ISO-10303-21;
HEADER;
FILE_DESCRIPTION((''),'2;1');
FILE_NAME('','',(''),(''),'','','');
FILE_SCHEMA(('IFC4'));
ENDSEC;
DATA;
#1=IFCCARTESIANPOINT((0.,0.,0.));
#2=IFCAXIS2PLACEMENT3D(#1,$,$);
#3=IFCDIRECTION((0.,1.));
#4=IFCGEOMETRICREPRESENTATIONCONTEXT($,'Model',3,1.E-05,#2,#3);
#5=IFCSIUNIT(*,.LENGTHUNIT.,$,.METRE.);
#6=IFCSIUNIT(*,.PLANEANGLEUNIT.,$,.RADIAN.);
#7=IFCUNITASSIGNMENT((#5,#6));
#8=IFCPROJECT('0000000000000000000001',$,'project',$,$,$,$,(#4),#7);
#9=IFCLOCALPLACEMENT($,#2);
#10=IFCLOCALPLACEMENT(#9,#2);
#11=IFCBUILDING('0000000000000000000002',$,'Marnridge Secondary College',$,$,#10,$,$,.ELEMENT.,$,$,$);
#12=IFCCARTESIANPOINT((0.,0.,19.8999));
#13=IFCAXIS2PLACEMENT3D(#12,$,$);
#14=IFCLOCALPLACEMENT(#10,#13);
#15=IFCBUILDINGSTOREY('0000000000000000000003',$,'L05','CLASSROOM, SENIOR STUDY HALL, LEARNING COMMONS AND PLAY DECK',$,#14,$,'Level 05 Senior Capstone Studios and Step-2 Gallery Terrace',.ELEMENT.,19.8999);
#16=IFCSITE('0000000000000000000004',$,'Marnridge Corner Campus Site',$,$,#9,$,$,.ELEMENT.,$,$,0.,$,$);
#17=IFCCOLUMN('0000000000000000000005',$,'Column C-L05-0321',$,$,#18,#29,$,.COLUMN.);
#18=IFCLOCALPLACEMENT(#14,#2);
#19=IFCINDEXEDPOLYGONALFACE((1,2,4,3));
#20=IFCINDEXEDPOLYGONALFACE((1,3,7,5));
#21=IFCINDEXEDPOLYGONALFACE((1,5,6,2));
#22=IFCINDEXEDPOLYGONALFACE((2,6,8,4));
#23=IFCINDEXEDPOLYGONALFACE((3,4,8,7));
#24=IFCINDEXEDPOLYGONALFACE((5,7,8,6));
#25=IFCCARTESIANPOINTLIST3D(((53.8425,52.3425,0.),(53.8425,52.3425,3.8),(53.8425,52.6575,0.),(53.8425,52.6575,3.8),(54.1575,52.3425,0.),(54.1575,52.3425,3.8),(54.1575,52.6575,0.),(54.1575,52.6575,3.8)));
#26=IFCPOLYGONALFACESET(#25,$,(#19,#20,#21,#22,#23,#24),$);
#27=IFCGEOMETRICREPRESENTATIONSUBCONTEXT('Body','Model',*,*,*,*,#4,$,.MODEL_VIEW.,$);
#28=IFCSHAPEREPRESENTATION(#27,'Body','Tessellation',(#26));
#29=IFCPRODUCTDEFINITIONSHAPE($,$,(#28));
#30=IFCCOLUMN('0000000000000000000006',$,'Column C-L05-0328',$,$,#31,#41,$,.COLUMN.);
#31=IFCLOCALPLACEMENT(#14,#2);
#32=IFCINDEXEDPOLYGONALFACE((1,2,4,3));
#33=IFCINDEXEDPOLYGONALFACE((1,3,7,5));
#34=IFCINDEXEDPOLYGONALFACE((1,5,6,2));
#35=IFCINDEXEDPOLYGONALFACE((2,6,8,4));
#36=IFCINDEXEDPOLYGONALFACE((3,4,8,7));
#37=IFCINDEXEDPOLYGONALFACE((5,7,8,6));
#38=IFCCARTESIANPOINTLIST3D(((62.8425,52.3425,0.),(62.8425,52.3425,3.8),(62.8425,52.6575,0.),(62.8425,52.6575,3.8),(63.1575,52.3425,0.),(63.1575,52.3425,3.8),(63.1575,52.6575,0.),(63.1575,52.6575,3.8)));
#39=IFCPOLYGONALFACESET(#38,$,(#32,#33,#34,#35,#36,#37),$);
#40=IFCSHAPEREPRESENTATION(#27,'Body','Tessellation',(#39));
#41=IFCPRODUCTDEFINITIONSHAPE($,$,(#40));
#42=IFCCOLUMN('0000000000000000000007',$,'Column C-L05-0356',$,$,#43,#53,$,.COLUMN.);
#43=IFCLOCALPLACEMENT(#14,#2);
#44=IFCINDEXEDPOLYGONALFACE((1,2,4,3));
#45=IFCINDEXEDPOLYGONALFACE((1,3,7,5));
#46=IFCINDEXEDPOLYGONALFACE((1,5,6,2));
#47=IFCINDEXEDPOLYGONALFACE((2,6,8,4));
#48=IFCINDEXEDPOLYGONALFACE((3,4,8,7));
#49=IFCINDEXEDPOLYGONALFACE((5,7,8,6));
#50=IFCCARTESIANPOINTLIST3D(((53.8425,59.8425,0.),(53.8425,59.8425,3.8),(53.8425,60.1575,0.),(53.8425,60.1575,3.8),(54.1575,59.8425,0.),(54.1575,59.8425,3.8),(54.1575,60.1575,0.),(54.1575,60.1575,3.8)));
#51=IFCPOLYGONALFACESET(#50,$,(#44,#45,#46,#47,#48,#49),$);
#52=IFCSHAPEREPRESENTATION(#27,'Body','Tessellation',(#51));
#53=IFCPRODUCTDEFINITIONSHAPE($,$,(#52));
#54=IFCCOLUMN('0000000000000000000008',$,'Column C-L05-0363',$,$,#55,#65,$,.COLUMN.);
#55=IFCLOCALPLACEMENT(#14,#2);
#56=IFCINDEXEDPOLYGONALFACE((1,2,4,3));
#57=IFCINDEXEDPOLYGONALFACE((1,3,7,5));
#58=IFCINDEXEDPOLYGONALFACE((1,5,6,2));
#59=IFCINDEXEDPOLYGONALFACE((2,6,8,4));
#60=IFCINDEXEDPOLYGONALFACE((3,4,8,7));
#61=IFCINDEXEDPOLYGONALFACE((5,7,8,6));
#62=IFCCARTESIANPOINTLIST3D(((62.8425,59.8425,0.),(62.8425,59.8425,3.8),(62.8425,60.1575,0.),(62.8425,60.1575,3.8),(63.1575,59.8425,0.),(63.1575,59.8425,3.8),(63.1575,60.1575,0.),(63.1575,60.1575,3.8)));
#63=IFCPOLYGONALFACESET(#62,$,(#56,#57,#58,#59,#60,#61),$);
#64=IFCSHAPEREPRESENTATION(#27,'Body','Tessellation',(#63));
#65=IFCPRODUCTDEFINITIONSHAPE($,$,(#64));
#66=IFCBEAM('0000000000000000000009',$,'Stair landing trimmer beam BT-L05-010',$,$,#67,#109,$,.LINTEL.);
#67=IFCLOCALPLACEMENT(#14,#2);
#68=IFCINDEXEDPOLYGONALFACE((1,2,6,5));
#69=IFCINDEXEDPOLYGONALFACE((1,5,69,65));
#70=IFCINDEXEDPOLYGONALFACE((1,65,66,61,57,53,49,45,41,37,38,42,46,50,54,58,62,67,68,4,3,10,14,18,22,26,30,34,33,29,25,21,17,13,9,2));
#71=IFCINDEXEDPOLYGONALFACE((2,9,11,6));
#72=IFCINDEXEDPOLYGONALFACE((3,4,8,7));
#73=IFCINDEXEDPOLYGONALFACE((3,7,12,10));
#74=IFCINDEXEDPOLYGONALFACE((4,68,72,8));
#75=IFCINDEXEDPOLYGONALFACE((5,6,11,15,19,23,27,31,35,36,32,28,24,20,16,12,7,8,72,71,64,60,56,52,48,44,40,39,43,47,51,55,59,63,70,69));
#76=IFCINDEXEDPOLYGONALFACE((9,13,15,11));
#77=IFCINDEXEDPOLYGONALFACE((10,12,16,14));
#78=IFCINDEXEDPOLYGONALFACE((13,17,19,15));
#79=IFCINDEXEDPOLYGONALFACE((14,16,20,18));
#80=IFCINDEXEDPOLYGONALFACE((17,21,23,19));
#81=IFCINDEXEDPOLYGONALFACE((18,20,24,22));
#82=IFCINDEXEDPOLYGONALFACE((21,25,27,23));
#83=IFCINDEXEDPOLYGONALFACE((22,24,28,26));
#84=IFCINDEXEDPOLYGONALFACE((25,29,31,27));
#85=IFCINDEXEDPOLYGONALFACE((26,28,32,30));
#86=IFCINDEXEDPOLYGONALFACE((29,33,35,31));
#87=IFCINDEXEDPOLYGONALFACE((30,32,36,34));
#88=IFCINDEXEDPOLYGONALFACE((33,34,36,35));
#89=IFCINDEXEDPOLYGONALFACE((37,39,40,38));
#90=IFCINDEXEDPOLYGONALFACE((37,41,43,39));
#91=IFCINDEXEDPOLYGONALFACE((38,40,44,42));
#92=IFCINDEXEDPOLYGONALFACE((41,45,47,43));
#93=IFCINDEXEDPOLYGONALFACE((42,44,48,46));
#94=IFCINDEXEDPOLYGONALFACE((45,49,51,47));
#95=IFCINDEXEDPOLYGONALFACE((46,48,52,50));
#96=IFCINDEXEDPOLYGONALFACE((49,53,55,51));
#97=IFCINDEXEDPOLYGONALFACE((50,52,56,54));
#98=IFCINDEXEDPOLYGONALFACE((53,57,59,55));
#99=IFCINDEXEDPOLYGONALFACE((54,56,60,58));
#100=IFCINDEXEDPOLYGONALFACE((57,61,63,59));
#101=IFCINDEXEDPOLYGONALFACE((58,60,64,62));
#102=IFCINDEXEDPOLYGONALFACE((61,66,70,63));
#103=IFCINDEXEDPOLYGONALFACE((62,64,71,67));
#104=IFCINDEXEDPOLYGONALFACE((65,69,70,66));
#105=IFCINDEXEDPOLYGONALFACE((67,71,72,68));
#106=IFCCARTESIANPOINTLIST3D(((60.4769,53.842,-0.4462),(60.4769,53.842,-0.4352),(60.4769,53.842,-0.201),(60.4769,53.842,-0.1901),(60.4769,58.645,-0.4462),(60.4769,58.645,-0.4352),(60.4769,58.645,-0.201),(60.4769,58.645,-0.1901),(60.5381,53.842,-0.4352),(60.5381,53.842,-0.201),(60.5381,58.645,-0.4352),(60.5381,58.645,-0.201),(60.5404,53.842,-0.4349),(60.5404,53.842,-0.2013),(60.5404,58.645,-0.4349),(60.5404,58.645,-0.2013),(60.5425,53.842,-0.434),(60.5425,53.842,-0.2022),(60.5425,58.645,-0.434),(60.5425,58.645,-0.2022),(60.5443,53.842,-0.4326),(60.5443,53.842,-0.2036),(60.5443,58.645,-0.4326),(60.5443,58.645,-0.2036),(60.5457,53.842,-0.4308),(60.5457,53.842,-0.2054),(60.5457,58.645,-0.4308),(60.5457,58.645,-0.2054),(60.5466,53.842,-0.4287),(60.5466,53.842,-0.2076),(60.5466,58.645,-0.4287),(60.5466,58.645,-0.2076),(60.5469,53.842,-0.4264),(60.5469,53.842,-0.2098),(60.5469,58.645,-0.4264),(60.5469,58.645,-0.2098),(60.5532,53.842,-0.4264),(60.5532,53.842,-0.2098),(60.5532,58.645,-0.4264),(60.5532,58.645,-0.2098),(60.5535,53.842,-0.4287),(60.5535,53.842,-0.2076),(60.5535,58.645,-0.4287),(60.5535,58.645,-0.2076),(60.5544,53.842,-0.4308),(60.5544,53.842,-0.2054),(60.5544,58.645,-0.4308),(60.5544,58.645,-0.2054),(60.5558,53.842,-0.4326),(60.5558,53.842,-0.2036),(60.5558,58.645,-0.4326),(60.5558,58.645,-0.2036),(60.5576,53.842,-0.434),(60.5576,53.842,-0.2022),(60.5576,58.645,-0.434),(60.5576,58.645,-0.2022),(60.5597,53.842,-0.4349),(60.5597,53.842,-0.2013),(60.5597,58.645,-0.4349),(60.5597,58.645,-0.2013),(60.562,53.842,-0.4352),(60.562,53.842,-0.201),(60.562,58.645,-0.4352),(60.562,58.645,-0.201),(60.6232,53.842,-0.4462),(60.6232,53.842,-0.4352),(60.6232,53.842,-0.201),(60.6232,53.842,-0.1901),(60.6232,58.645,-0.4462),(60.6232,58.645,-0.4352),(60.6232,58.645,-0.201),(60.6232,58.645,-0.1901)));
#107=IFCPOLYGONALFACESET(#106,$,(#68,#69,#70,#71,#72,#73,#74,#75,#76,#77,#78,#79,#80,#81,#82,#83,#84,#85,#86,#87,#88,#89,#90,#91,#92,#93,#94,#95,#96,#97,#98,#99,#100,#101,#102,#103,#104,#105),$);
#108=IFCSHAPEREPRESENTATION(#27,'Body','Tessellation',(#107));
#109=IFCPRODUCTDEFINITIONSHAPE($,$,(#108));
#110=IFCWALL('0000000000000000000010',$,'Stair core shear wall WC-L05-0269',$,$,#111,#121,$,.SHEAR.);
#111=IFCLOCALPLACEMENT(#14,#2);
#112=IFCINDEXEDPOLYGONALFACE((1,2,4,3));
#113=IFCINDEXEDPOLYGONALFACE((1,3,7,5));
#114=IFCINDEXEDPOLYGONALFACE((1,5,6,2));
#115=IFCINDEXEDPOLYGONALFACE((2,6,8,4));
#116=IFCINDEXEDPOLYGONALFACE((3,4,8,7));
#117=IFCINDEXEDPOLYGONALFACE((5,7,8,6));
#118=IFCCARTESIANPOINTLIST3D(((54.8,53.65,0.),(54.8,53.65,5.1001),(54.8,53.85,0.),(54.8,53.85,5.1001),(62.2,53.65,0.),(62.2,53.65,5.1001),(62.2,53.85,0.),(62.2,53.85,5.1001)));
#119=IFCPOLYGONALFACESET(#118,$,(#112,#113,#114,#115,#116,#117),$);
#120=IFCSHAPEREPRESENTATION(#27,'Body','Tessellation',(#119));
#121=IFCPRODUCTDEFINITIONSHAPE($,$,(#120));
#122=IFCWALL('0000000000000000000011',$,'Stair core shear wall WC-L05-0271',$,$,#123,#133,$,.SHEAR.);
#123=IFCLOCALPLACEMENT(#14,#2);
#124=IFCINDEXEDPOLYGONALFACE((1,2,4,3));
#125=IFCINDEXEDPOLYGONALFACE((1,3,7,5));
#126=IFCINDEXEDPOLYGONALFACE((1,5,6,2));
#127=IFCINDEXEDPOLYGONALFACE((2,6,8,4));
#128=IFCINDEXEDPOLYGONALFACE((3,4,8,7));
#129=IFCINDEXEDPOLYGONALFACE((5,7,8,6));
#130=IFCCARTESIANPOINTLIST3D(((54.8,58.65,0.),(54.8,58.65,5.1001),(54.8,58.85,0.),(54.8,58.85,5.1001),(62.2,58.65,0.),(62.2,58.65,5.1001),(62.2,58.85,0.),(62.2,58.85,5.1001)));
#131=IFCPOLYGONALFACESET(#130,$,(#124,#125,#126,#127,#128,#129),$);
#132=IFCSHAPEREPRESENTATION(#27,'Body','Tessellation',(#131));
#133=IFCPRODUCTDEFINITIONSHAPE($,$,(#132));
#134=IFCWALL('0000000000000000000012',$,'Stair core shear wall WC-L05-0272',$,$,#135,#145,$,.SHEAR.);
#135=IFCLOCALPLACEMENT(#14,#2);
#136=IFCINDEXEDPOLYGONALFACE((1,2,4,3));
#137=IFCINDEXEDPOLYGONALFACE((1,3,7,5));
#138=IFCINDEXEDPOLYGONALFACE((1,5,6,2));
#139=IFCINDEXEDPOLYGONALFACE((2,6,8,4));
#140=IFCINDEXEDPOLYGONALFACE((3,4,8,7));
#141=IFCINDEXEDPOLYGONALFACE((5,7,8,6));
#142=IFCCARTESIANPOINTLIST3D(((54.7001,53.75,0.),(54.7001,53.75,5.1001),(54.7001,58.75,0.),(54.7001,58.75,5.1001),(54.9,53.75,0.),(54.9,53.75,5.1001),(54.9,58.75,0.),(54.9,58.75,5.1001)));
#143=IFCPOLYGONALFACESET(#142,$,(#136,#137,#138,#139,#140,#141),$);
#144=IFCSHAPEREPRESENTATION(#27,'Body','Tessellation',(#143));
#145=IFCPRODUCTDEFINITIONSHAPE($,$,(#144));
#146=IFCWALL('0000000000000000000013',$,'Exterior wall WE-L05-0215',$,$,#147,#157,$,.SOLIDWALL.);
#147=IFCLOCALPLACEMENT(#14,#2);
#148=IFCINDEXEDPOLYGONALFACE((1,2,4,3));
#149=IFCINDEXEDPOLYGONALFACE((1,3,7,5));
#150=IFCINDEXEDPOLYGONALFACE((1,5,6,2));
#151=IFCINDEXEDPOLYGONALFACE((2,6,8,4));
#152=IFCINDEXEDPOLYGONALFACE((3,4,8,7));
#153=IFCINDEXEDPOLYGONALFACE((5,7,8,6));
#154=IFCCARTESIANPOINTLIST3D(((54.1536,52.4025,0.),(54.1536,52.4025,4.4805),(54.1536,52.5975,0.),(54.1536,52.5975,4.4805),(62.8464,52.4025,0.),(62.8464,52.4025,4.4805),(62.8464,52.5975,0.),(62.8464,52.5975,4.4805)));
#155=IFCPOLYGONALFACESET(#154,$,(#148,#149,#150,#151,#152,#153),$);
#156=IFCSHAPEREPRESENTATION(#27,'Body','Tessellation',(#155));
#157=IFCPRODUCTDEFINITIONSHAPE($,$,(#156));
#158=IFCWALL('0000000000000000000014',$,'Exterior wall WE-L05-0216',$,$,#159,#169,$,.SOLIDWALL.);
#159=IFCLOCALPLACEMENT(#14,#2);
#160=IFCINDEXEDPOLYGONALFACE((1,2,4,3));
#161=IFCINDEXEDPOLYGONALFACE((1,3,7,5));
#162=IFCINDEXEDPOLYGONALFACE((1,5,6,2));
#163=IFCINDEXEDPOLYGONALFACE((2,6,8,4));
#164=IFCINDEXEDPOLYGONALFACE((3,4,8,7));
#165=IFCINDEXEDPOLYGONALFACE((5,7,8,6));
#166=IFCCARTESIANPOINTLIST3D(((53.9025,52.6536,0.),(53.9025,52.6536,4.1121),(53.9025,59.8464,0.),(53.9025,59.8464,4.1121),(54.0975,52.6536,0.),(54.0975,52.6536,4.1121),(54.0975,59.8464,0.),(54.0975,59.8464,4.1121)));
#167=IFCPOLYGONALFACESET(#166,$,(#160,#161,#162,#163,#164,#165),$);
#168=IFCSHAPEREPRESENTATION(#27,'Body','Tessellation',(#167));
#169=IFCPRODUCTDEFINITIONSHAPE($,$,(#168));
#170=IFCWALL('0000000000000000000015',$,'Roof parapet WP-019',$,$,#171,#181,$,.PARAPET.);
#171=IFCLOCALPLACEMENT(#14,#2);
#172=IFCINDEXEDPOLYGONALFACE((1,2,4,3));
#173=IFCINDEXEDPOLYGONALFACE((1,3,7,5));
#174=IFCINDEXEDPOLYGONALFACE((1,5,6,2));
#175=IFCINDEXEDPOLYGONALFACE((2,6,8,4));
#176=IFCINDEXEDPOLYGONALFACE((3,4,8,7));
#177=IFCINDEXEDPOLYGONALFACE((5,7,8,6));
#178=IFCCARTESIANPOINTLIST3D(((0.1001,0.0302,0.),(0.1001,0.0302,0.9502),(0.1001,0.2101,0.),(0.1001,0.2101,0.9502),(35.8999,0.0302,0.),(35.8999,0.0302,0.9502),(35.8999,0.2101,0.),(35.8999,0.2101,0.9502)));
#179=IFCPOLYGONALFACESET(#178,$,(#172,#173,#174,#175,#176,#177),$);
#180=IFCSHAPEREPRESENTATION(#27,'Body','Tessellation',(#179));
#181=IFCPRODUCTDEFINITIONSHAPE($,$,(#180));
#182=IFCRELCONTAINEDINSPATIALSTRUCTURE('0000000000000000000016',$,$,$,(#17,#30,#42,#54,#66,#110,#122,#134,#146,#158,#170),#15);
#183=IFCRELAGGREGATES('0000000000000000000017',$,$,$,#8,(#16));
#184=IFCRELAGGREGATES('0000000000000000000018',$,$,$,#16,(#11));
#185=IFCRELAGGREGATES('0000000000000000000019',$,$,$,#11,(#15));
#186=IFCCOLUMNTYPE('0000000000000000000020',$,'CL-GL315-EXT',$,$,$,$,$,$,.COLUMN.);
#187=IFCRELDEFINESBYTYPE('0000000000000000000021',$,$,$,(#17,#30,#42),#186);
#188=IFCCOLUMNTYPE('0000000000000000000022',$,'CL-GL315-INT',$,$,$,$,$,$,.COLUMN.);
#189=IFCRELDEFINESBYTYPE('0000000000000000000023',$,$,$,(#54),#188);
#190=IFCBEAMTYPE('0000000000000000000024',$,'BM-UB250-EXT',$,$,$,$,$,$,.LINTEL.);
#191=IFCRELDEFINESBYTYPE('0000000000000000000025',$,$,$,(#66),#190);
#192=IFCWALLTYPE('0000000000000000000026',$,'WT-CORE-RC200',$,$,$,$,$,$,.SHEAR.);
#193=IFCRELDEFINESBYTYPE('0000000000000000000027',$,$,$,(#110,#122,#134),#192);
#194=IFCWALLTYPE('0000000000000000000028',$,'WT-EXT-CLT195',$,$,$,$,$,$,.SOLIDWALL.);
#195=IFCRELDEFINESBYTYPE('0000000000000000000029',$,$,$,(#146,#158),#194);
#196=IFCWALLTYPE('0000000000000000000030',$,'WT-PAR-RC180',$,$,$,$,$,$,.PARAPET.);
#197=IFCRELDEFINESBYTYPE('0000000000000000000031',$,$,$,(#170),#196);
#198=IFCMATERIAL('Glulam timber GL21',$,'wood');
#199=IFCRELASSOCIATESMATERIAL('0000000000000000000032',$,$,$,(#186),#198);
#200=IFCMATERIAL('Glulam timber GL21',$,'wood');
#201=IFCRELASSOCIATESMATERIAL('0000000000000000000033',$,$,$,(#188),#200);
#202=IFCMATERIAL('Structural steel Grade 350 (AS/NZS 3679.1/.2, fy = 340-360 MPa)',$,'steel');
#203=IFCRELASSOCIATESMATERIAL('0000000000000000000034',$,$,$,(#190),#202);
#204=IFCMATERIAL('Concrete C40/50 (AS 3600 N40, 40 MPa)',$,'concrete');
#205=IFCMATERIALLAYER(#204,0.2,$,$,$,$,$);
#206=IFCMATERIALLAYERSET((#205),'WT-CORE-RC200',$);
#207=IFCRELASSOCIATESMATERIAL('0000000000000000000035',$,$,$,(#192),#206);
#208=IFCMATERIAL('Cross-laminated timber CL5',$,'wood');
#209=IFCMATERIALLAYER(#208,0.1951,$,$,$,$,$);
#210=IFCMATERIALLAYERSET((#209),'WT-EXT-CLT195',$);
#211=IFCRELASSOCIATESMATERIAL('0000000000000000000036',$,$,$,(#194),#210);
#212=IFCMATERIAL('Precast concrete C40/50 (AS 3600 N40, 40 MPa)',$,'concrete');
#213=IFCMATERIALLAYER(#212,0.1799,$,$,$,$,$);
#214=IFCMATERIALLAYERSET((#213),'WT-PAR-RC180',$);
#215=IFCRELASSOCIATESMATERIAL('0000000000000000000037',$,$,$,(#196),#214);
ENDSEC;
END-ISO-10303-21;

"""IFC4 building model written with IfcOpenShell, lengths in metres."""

from ifc_helpers import new_model, si_unit, direction, frame, frame_2d, origin, origin_2d, place, context, subcontext, project, spatial, rectangle, i_section, extrude, material, layer, layer_set, material_profile, profile_set, type_object, element, save


model = new_model("IFC4")

# Units and contexts
model_context = context("Model", 3, precision=1e-05, world=origin(), true_north=direction((0.0, 1.0)))
body_context = subcontext(model_context, "Body", "Model", "MODEL_VIEW")
ifc_project = project(units=[si_unit("LENGTHUNIT", "METRE"), si_unit("PLANEANGLEUNIT", "RADIAN")], contexts=[model_context])

# Site, building, storey
site_placement = place(None, origin())
site = spatial("IfcSite", under=ifc_project, at=site_placement, Name="Marnridge Corner Campus Site", CompositionType="ELEMENT", RefElevation=0.0)
building_placement = place(site_placement, origin())
building = spatial("IfcBuilding", under=site, at=building_placement, Name="Marnridge Secondary College", CompositionType="ELEMENT")
storey_placement = place(building_placement, frame((0.0, 0.0, 19.8999)))
storey = spatial("IfcBuildingStorey", under=building, at=storey_placement, Name="L05", Description="CLASSROOM, SENIOR STUDY HALL, LEARNING COMMONS AND PLAY DECK", LongName="Level 05 Senior Capstone Studios and Step-2 Gallery Terrace", CompositionType="ELEMENT", Elevation=19.8999)

# Columns
ifc_material_1 = material(Name="Glulam timber GL21", Category="wood")
ifc_material_profile_1 = material_profile(ifc_material_1, rectangle(XDim=0.3149, YDim=0.3149, at=origin_2d()), Name="GL21 315x315")
ifc_profile_set_1 = profile_set([ifc_material_profile_1], Name="Glulam timber GL21")
column_type_1 = type_object("IfcColumnType", Name="CL-GL315-EXT", PredefinedType="COLUMN", material=ifc_profile_set_1)
for number, where, z_axis, x_axis, name in (
    (1, (54.0, 52.5, 0.0), (0.0, 0.0, 1.0), (1.0, 0.0, 0.0), "Column C-L05-0321"),
    (2, (63.0, 52.5, 0.0), (0.0, 0.0, 1.0), (1.0, 0.0, 0.0), "Column C-L05-0328"),
    (3, (54.0, 60.0, 0.0), (0.0, 0.0, 1.0), (1.0, 0.0, 0.0), "Column C-L05-0356"),
):
    element("IfcColumn", number, at=place(storey_placement, frame(where, z_axis=z_axis, x_axis=x_axis)), inside=storey, type_object=column_type_1, Name=name, PredefinedType="COLUMN", context=body_context, shape_type="SweptSolid", body=[
        extrude(rectangle(XDim=0.3149, YDim=0.3149, at=origin_2d()), origin(), (0.0, 0.0, 1.0), 3.8),
    ])
ifc_material_2 = material(Name="Glulam timber GL21", Category="wood")
ifc_material_profile_2 = material_profile(ifc_material_2, rectangle(XDim=0.3149, YDim=0.3149, at=origin_2d()), Name="GL21 315x315")
ifc_profile_set_2 = profile_set([ifc_material_profile_2], Name="Glulam timber GL21")
column_type_2 = type_object("IfcColumnType", Name="CL-GL315-INT", PredefinedType="COLUMN", material=ifc_profile_set_2)
column_placement = place(storey_placement, frame((63.0, 60.0, 0.0), z_axis=(0.0, 0.0, 1.0), x_axis=(1.0, 0.0, 0.0)))
element("IfcColumn", 4, at=column_placement, inside=storey, type_object=column_type_2, Name="Column C-L05-0363", PredefinedType="COLUMN", context=body_context, shape_type="SweptSolid", body=[
    extrude(rectangle(XDim=0.3149, YDim=0.3149, at=origin_2d()), origin(), (0.0, 0.0, 1.0), 3.8),
])

# Beam
ifc_material_3 = material(Name="Structural steel Grade 350 (AS/NZS 3679.1/.2, fy = 340-360 MPa)", Category="steel")
ifc_material_profile_3 = material_profile(ifc_material_3, i_section(OverallWidth=0.1462, OverallDepth=0.2561, WebThickness=0.0063, FlangeThickness=0.011, FilletRadius=0.0088, at=origin_2d()), Name="250UB37.3")
ifc_profile_set_3 = profile_set([ifc_material_profile_3], Name="Structural steel Grade 350 (AS/NZS 3679.1/.2, fy = 340-360 MPa)")
beam_type = type_object("IfcBeamType", Name="BM-UB250-EXT", PredefinedType="LINTEL", material=ifc_profile_set_3)
beam_placement = place(storey_placement, frame((60.55, 53.842, -0.3181), z_axis=(0.0, 1.0, 0.0), x_axis=(-1.0, 0.0, 0.0)))
element("IfcBeam", 5, at=beam_placement, inside=storey, type_object=beam_type, Name="Stair landing trimmer beam BT-L05-010", PredefinedType="LINTEL", context=body_context, shape_type="SweptSolid", body=[
    extrude(i_section(OverallWidth=0.1462, OverallDepth=0.2561, WebThickness=0.0063, FlangeThickness=0.011, FilletRadius=0.0088, at=origin_2d()), origin(), (0.0, 0.0, 1.0), 4.803),
])

# Wall
ifc_material_4 = material(Name="Concrete C40/50 (AS 3600 N40, 40 MPa)", Category="concrete")
ifc_layer_1 = layer(ifc_material_4, 0.2)
ifc_layer_set_1 = layer_set([ifc_layer_1], Name="WT-CORE-RC200")
wall_type_1 = type_object("IfcWallType", Name="WT-CORE-RC200", PredefinedType="SHEAR", material=ifc_layer_set_1)
wall_1_placement = place(storey_placement, frame((54.8, 53.75, 0.0), z_axis=(0.0, 0.0, 1.0), x_axis=(1.0, 0.0, 0.0)))
element("IfcWall", 6, at=wall_1_placement, inside=storey, type_object=wall_type_1, Name="Stair core shear wall WC-L05-0269", PredefinedType="SHEAR", context=body_context, shape_type="SweptSolid", body=[
    extrude(rectangle(XDim=7.3999, YDim=0.2, at=frame_2d((3.7, 0.0))), origin(), (0.0, 0.0, 1.0), 5.1001),
])

# Walls
wall_2_placement = place(storey_placement, frame((62.2, 58.75, 0.0), z_axis=(0.0, 0.0, 1.0), x_axis=(-1.0, 0.0, 0.0)))
element("IfcWall", 7, at=wall_2_placement, inside=storey, type_object=wall_type_1, Name="Stair core shear wall WC-L05-0271", PredefinedType="SHEAR", context=body_context, shape_type="SweptSolid", body=[
    extrude(rectangle(XDim=7.3999, YDim=0.2, at=frame_2d((3.7, 0.0))), origin(), (0.0, 0.0, 1.0), 5.1001),
])
wall_3_placement = place(storey_placement, frame((54.8, 58.75, 0.0), z_axis=(0.0, 0.0, 1.0), x_axis=(0.0, -1.0, 0.0)))
element("IfcWall", 8, at=wall_3_placement, inside=storey, type_object=wall_type_1, Name="Stair core shear wall WC-L05-0272", PredefinedType="SHEAR", context=body_context, shape_type="SweptSolid", body=[
    extrude(rectangle(XDim=5.0, YDim=0.2, at=frame_2d((2.5, 0.0))), origin(), (0.0, 0.0, 1.0), 5.1001),
])
ifc_material_5 = material(Name="Cross-laminated timber CL5", Category="wood")
ifc_layer_2 = layer(ifc_material_5, 0.1951)
ifc_layer_set_2 = layer_set([ifc_layer_2], Name="WT-EXT-CLT195")
wall_type_2 = type_object("IfcWallType", Name="WT-EXT-CLT195", PredefinedType="SOLIDWALL", material=ifc_layer_set_2)
wall_4_placement = place(storey_placement, frame((62.8464, 52.5, 0.0), z_axis=(0.0, 0.0, 1.0), x_axis=(-1.0, 0.0, 0.0)))
element("IfcWall", 9, at=wall_4_placement, inside=storey, type_object=wall_type_2, Name="Exterior wall WE-L05-0215", PredefinedType="SOLIDWALL", context=body_context, shape_type="SweptSolid", body=[
    extrude(rectangle(XDim=8.6929, YDim=0.1951, at=frame_2d((4.3464, 0.0))), origin(), (0.0, 0.0, 1.0), 4.4805),
])
wall_5_placement = place(storey_placement, frame((54.0, 52.6536, 0.0), z_axis=(0.0, 0.0, 1.0), x_axis=(0.0, 1.0, 0.0)))
element("IfcWall", 10, at=wall_5_placement, inside=storey, type_object=wall_type_2, Name="Exterior wall WE-L05-0216", PredefinedType="SOLIDWALL", context=body_context, shape_type="SweptSolid", body=[
    extrude(rectangle(XDim=7.1929, YDim=0.1951, at=frame_2d((3.5964, 0.0))), origin(), (0.0, 0.0, 1.0), 4.1121),
])
ifc_material_6 = material(Name="Precast concrete C40/50 (AS 3600 N40, 40 MPa)", Category="concrete")
ifc_layer_3 = layer(ifc_material_6, 0.1799)
ifc_layer_set_3 = layer_set([ifc_layer_3], Name="WT-PAR-RC180")
wall_type_3 = type_object("IfcWallType", Name="WT-PAR-RC180", PredefinedType="PARAPET", material=ifc_layer_set_3)
wall_6_placement = place(storey_placement, frame((35.8999, 0.1201, 0.0), z_axis=(0.0, 0.0, 1.0), x_axis=(-1.0, 0.0, 0.0)))
element("IfcWall", 11, at=wall_6_placement, inside=storey, type_object=wall_type_3, Name="Roof parapet WP-019", PredefinedType="PARAPET", context=body_context, shape_type="SweptSolid", body=[
    extrude(rectangle(XDim=35.7998, YDim=0.1799, at=frame_2d((17.8999, 0.0))), origin(), (0.0, 0.0, 1.0), 0.9502),
])

save(model, "model.ifc")
